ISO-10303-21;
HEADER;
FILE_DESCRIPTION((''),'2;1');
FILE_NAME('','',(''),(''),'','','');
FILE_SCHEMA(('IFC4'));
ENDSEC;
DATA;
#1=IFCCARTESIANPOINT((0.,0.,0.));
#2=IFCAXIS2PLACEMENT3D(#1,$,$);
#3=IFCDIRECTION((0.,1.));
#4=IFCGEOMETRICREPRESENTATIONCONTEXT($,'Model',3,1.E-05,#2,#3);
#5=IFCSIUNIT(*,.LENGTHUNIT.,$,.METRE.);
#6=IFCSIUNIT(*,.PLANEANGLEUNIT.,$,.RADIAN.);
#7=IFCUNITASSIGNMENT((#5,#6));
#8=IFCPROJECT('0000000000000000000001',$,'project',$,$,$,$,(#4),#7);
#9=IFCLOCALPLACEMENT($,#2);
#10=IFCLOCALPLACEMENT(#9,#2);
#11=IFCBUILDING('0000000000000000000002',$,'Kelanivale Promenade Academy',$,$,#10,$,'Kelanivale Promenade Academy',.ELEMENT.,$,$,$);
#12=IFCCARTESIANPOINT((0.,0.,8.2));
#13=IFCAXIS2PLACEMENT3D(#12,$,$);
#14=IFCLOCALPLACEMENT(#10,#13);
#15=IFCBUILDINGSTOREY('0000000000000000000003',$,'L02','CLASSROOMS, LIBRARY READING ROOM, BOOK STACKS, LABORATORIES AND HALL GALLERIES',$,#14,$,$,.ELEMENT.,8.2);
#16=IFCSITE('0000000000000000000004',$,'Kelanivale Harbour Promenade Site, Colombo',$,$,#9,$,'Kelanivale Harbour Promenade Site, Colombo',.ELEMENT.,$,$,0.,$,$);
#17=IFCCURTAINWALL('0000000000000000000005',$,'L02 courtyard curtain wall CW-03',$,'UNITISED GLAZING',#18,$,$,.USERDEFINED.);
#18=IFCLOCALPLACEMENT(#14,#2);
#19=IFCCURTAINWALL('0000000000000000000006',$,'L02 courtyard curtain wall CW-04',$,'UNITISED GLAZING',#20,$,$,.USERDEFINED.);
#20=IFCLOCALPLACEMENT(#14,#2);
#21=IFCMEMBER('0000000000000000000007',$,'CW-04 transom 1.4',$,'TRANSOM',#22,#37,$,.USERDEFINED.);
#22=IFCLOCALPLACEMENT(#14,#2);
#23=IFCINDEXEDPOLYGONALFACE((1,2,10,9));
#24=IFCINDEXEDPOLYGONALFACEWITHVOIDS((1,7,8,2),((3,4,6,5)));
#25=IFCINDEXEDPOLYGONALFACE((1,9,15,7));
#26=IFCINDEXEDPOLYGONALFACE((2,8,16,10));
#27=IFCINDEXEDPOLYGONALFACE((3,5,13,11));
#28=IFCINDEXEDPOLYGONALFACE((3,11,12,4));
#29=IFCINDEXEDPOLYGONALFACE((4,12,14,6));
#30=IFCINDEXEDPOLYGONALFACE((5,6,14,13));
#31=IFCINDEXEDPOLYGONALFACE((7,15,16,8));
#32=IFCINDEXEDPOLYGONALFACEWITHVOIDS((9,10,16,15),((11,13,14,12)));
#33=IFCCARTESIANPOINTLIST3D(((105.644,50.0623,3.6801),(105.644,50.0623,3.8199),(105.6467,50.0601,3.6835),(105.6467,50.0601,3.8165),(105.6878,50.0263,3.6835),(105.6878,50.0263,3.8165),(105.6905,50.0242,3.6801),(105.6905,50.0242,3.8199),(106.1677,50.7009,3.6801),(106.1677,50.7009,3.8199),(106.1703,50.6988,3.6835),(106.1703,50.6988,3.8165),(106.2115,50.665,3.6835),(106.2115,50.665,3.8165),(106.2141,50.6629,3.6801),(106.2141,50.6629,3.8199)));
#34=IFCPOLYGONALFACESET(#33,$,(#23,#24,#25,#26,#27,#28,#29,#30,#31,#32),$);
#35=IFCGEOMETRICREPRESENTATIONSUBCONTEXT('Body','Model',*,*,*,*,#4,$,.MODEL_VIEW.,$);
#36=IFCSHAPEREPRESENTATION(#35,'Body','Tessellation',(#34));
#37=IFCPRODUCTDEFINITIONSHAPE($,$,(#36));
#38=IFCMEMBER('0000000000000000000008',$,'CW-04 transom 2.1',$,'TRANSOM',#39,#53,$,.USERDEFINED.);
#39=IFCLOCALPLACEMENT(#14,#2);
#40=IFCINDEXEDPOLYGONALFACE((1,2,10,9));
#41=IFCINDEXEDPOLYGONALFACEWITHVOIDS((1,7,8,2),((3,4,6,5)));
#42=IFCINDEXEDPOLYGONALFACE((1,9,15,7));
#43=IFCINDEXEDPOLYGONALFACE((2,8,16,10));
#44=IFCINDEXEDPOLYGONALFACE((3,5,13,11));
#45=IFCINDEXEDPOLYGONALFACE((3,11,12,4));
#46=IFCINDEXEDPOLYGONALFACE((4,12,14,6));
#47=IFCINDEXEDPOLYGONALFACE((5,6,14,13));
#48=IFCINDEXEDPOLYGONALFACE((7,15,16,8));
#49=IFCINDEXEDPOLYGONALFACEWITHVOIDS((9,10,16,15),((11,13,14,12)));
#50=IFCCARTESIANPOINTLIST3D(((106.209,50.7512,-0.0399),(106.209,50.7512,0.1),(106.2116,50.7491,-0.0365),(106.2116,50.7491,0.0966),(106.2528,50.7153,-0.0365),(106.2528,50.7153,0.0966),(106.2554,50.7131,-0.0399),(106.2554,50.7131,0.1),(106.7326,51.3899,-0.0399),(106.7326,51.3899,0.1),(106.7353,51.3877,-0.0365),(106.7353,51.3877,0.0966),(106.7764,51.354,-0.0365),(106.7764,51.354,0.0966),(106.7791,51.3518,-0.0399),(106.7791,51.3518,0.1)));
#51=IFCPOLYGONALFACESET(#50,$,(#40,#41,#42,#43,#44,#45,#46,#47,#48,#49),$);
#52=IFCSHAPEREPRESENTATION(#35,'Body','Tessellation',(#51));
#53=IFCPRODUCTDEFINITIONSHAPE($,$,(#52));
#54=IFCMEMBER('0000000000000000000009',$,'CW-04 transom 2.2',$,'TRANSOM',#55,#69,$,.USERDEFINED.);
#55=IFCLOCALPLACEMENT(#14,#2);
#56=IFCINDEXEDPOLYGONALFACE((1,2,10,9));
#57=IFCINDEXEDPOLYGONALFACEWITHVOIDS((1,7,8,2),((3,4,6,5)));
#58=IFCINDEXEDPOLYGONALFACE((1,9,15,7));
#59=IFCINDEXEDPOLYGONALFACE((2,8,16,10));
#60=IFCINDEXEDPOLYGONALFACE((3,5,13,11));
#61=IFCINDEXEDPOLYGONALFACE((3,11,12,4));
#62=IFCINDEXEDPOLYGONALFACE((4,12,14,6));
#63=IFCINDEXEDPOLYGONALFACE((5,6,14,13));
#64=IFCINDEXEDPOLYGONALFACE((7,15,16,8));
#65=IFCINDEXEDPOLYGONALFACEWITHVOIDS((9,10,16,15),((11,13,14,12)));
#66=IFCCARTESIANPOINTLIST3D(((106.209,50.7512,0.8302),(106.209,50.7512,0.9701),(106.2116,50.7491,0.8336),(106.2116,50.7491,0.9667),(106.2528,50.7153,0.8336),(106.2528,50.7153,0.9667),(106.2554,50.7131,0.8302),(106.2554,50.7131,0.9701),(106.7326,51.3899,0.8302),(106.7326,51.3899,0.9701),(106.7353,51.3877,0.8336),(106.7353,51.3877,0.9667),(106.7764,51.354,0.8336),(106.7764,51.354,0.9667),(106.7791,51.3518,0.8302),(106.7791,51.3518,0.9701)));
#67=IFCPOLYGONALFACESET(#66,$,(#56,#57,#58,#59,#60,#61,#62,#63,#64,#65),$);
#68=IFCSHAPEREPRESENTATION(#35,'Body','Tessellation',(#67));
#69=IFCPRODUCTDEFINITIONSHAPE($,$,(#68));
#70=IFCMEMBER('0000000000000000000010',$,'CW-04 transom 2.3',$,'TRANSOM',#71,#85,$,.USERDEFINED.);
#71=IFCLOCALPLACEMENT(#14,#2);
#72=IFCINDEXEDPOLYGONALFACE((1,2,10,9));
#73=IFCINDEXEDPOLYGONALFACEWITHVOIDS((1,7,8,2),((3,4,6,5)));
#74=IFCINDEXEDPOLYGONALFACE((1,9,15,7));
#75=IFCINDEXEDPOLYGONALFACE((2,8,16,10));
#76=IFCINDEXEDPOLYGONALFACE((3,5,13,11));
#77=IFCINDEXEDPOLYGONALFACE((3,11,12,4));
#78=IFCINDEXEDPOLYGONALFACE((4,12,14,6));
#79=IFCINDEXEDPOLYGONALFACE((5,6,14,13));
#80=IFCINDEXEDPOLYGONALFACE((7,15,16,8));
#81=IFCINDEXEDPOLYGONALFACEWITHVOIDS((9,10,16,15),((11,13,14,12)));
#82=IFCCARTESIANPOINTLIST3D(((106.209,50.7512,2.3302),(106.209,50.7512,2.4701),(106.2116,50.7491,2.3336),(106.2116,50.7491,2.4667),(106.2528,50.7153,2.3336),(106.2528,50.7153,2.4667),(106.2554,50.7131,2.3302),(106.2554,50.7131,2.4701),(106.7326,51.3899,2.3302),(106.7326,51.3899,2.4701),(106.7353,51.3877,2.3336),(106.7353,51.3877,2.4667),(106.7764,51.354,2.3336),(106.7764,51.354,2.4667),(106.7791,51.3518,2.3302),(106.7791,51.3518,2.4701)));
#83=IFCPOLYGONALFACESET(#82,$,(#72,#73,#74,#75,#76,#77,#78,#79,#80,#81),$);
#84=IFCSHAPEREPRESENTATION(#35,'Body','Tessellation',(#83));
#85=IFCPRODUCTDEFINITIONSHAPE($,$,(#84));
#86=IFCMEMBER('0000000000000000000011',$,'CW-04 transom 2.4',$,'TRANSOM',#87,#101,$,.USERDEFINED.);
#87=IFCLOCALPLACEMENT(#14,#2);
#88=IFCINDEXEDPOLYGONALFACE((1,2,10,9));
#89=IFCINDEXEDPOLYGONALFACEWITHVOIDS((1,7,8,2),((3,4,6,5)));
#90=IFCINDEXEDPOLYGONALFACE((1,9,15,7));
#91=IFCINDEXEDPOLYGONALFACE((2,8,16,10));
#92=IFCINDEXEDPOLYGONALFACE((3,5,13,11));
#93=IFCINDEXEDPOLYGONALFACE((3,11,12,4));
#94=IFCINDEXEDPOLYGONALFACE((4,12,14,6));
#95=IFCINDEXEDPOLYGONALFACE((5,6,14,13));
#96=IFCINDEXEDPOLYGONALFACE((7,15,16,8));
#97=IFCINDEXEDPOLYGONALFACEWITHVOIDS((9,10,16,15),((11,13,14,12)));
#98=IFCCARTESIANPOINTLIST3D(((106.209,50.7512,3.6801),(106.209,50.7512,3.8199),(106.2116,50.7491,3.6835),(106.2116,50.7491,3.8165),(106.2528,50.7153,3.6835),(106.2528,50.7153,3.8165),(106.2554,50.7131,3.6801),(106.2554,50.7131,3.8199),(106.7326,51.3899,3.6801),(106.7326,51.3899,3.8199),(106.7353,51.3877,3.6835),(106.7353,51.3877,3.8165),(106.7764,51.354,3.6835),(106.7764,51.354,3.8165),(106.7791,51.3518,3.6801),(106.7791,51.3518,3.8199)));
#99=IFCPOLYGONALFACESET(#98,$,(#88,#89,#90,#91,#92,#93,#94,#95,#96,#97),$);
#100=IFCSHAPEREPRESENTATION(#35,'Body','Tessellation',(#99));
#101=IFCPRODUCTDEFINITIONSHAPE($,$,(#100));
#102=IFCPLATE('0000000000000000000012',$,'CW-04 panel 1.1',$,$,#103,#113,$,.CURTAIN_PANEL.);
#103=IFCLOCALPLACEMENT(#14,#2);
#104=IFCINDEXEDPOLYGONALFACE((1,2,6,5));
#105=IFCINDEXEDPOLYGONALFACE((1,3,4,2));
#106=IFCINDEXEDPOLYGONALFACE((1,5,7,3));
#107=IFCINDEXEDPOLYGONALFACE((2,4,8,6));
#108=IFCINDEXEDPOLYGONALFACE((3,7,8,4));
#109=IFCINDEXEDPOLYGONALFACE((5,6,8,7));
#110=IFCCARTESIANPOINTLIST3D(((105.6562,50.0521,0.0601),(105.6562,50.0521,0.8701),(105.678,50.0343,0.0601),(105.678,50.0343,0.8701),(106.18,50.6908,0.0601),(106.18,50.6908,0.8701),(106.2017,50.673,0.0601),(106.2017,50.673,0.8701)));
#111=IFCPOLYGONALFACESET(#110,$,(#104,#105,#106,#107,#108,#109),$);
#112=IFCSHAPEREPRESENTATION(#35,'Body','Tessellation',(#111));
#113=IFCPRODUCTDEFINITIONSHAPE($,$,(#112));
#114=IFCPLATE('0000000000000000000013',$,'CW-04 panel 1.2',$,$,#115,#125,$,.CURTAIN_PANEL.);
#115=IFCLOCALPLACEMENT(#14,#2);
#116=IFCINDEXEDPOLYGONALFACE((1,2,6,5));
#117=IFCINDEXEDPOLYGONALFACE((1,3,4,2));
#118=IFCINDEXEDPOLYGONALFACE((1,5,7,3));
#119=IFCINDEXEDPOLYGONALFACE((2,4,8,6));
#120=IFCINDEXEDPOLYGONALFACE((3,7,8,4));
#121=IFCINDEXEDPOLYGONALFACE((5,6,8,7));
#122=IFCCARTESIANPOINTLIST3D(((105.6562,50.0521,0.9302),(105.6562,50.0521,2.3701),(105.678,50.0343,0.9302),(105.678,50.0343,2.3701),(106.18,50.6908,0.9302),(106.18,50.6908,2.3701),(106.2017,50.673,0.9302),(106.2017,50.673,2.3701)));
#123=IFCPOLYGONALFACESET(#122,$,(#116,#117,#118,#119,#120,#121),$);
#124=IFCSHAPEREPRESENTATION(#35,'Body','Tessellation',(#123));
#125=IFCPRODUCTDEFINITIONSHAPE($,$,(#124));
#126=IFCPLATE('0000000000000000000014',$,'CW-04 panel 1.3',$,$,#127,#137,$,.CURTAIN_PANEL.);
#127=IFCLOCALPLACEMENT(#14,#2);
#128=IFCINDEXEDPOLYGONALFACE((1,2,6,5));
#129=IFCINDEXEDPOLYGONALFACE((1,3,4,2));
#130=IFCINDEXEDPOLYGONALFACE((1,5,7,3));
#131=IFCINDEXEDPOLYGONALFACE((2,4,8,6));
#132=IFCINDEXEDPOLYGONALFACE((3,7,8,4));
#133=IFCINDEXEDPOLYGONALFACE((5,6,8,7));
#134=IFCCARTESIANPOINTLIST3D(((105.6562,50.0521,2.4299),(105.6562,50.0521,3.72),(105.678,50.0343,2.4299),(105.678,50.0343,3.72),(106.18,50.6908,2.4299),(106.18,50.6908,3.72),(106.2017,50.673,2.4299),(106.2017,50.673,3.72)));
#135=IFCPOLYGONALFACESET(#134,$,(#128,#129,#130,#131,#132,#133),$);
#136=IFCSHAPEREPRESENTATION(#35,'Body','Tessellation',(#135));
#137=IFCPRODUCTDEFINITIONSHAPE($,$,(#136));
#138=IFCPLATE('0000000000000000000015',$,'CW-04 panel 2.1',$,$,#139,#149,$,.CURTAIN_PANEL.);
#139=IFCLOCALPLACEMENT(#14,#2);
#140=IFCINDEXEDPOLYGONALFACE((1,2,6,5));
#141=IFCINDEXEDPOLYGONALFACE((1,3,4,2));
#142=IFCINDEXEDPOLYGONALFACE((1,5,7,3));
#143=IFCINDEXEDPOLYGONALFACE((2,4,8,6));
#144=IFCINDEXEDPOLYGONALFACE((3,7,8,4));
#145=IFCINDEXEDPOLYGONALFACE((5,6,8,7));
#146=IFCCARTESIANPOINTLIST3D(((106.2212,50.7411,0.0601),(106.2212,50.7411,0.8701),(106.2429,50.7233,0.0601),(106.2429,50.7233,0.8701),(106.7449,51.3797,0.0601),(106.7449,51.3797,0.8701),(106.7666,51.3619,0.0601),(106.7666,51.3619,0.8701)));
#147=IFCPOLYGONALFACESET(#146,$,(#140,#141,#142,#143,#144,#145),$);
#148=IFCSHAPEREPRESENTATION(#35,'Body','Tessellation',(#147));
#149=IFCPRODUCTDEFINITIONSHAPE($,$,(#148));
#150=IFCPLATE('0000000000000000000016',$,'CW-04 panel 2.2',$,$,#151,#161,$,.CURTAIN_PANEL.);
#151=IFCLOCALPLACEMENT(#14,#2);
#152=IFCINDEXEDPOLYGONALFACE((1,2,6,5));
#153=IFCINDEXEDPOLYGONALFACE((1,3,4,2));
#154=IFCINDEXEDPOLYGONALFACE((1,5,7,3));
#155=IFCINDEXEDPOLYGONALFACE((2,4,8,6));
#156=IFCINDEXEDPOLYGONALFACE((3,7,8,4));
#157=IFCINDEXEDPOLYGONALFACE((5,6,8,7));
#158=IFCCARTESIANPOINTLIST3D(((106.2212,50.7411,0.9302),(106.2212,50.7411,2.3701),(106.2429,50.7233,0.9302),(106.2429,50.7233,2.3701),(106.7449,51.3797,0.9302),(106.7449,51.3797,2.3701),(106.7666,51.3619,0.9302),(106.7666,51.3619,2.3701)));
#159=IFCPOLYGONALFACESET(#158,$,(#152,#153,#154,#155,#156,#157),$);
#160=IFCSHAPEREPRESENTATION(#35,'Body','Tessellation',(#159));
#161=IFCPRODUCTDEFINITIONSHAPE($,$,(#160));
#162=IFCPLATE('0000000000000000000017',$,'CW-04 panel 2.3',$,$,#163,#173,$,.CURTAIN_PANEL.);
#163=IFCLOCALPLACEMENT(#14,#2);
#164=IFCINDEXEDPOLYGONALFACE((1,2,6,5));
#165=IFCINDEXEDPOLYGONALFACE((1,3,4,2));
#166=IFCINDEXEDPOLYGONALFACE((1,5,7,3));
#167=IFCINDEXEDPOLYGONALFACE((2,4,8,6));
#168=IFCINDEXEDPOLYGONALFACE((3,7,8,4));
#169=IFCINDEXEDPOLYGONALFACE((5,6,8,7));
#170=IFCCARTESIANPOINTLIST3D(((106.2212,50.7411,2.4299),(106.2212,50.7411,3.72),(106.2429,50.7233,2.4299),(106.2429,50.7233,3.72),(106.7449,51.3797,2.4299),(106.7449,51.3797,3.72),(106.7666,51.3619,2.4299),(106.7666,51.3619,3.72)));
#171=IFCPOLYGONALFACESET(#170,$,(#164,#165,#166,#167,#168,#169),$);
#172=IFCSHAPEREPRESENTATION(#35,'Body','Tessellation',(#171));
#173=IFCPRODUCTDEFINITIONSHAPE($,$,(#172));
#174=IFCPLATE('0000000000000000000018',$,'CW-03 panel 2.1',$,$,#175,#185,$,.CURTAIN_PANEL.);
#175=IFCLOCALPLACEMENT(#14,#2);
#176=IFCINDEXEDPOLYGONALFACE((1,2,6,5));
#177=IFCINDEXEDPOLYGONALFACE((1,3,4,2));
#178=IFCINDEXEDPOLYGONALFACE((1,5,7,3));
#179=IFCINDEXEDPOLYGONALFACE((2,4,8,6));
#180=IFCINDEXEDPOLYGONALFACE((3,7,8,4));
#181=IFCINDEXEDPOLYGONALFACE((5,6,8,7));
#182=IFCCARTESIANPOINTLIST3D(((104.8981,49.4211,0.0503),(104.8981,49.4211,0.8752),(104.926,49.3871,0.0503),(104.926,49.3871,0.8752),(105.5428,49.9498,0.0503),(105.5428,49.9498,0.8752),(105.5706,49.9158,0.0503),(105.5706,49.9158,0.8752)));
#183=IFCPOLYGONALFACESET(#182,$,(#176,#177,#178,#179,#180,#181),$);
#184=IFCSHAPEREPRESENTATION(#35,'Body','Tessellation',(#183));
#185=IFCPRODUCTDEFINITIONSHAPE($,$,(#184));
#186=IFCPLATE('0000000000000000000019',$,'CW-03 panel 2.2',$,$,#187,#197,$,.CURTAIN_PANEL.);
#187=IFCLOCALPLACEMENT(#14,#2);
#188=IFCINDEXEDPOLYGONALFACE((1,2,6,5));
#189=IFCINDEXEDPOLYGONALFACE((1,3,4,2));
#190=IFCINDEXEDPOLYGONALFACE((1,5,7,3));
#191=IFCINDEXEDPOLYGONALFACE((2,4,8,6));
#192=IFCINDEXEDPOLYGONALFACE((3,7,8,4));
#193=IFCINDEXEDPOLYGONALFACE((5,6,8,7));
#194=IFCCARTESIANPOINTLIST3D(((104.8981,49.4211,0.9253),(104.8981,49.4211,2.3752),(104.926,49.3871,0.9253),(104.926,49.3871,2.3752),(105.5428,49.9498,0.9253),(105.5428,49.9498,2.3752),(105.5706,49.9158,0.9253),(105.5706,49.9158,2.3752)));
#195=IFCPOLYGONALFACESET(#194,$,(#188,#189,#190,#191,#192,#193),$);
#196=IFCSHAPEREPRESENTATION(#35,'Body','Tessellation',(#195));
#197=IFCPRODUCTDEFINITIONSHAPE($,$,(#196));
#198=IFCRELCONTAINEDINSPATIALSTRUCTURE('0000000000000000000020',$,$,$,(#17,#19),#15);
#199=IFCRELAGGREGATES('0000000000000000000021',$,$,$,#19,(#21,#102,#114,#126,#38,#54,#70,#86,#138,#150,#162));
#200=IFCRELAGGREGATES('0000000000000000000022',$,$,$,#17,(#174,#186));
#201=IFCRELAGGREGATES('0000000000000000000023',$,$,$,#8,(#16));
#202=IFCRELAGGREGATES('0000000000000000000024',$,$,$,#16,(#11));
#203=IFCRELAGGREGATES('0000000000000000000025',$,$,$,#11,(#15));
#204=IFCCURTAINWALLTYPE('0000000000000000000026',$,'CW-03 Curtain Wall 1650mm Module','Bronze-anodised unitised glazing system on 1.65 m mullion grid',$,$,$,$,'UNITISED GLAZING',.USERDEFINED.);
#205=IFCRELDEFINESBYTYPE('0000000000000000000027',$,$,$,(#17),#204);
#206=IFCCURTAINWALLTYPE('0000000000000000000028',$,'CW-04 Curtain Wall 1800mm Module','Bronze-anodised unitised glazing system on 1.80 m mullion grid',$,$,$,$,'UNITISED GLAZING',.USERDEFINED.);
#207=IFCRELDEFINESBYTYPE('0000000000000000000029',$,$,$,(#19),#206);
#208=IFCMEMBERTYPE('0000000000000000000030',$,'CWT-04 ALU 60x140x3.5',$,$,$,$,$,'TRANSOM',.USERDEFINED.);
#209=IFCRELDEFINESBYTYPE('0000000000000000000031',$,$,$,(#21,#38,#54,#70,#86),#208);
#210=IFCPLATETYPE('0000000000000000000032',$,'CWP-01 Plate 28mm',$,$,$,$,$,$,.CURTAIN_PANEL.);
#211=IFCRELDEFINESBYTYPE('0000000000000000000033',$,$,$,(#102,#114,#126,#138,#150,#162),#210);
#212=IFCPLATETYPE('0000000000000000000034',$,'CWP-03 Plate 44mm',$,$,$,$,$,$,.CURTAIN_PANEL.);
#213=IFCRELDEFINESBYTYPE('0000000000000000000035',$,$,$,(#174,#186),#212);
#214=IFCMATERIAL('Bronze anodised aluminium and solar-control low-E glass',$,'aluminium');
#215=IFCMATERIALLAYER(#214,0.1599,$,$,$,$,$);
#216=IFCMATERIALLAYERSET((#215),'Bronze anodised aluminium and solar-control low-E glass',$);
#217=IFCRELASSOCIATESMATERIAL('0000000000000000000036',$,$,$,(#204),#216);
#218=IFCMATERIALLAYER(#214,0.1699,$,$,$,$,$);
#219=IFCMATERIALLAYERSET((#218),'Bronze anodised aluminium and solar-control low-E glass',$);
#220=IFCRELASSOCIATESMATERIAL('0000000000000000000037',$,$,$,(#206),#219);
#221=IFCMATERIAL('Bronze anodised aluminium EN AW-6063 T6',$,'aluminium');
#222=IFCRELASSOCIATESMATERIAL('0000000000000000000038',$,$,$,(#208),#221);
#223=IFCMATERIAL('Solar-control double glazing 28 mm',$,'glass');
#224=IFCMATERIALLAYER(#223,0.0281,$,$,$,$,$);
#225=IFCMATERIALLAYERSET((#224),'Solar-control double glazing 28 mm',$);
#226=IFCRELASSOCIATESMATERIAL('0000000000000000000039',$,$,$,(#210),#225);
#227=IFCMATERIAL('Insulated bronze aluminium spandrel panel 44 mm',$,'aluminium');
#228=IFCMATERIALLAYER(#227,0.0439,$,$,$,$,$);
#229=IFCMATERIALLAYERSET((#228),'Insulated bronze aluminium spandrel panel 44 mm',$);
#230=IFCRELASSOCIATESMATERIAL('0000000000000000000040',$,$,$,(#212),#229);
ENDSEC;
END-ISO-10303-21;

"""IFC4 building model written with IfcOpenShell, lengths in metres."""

from ifc_helpers import new_model, si_unit, direction, frame, origin, origin_2d, place, context, subcontext, project, spatial, rectangle, hollow_rectangle, extrude, material, layer, layer_set, material_profile, profile_set, type_object, element, aggregate, save


model = new_model("IFC4")

# Units and contexts
model_context = context("Model", 3, precision=1e-05, world=origin(), true_north=direction((0.0, 1.0)))
body_context = subcontext(model_context, "Body", "Model", "MODEL_VIEW")
ifc_project = project(units=[si_unit("LENGTHUNIT", "METRE"), si_unit("PLANEANGLEUNIT", "RADIAN")], contexts=[model_context])

# Site, building, storey
site_placement = place(None, origin())
site = spatial("IfcSite", under=ifc_project, at=site_placement, Name="Kelanivale Harbour Promenade Site, Colombo", LongName="Kelanivale Harbour Promenade Site, Colombo", CompositionType="ELEMENT", RefElevation=0.0)
building_placement = place(site_placement, origin())
building = spatial("IfcBuilding", under=site, at=building_placement, Name="Kelanivale Promenade Academy", LongName="Kelanivale Promenade Academy", CompositionType="ELEMENT")
storey_placement = place(building_placement, frame((0.0, 0.0, 8.2)))
storey = spatial("IfcBuildingStorey", under=building, at=storey_placement, Name="L02", Description="CLASSROOMS, LIBRARY READING ROOM, BOOK STACKS, LABORATORIES AND HALL GALLERIES", CompositionType="ELEMENT", Elevation=8.2)

# Curtain wall
ifc_material_1 = material(Name="Bronze anodised aluminium and solar-control low-E glass", Category="aluminium")
ifc_material_2 = material(Name="Bronze anodised aluminium EN AW-6063 T6", Category="aluminium")
ifc_layer_1 = layer(ifc_material_1, 0.1599)
ifc_layer_set_1 = layer_set([ifc_layer_1], Name="Bronze anodised aluminium and solar-control low-E glass")
curtain_wall_type_1 = type_object("IfcCurtainWallType", Name="CW-03 Curtain Wall 1650mm Module", Description="Bronze-anodised unitised glazing system on 1.65 m mullion grid", ElementType="UNITISED GLAZING", PredefinedType="USERDEFINED", material=ifc_layer_set_1)
curtain_wall_1_placement = place(storey_placement, origin())
curtain_wall_1 = element("IfcCurtainWall", 1, at=curtain_wall_1_placement, inside=storey, type_object=curtain_wall_type_1, Name="L02 courtyard curtain wall CW-03", ObjectType="UNITISED GLAZING", PredefinedType="USERDEFINED")

# Curtain wall
ifc_layer_2 = layer(ifc_material_1, 0.1699)
ifc_layer_set_2 = layer_set([ifc_layer_2], Name="Bronze anodised aluminium and solar-control low-E glass")
curtain_wall_type_2 = type_object("IfcCurtainWallType", Name="CW-04 Curtain Wall 1800mm Module", Description="Bronze-anodised unitised glazing system on 1.80 m mullion grid", ElementType="UNITISED GLAZING", PredefinedType="USERDEFINED", material=ifc_layer_set_2)
curtain_wall_2_placement = place(storey_placement, origin())
curtain_wall_2 = element("IfcCurtainWall", 2, at=curtain_wall_2_placement, inside=storey, type_object=curtain_wall_type_2, Name="L02 courtyard curtain wall CW-04", ObjectType="UNITISED GLAZING", PredefinedType="USERDEFINED")

# Members
ifc_material_profile_1 = material_profile(ifc_material_2, hollow_rectangle(XDim=0.0601, YDim=0.1399, WallThickness=0.0034, at=origin_2d()), Name="ALU 60x140x3.5")
ifc_profile_set_1 = profile_set([ifc_material_profile_1], Name="Bronze anodised aluminium EN AW-6063 T6")
member_type_1 = type_object("IfcMemberType", Name="CWT-04 ALU 60x140x3.5", ElementType="TRANSOM", PredefinedType="USERDEFINED", material=ifc_profile_set_1)
member_1_placement = place(storey_placement, frame((105.6672, 50.0432, 3.75), z_axis=(0.634058, 0.773285, 0.0), x_axis=(-0.773285, 0.634058, 0.0)))
member_1 = element("IfcMember", 3, at=member_1_placement, type_object=member_type_1, Name="CW-04 transom 1.4", ObjectType="TRANSOM", PredefinedType="USERDEFINED", context=body_context, shape_type="SweptSolid", body=[
    extrude(hollow_rectangle(XDim=0.0601, YDim=0.1399, WallThickness=0.0034, at=origin_2d()), origin(), (0.0, 0.0, 1.0), 0.8259),
])
member_2_placement = place(storey_placement, frame((106.2322, 50.7322, 0.03), z_axis=(0.634058, 0.773285, 0.0), x_axis=(-0.773285, 0.634058, 0.0)))
member_2 = element("IfcMember", 4, at=member_2_placement, type_object=member_type_1, Name="CW-04 transom 2.1", ObjectType="TRANSOM", PredefinedType="USERDEFINED", context=body_context, shape_type="SweptSolid", body=[
    extrude(hollow_rectangle(XDim=0.0601, YDim=0.1399, WallThickness=0.0034, at=origin_2d()), origin(), (0.0, 0.0, 1.0), 0.8259),
])
member_3_placement = place(storey_placement, frame((106.2322, 50.7322, 0.9001), z_axis=(0.634058, 0.773285, 0.0), x_axis=(-0.773285, 0.634058, 0.0)))
member_3 = element("IfcMember", 5, at=member_3_placement, type_object=member_type_1, Name="CW-04 transom 2.2", ObjectType="TRANSOM", PredefinedType="USERDEFINED", context=body_context, shape_type="SweptSolid", body=[
    extrude(hollow_rectangle(XDim=0.0601, YDim=0.1399, WallThickness=0.0034, at=origin_2d()), origin(), (0.0, 0.0, 1.0), 0.8259),
])
member_4_placement = place(storey_placement, frame((106.2322, 50.7322, 2.4001), z_axis=(0.634058, 0.773285, 0.0), x_axis=(-0.773285, 0.634058, 0.0)))
member_4 = element("IfcMember", 6, at=member_4_placement, type_object=member_type_1, Name="CW-04 transom 2.3", ObjectType="TRANSOM", PredefinedType="USERDEFINED", context=body_context, shape_type="SweptSolid", body=[
    extrude(hollow_rectangle(XDim=0.0601, YDim=0.1399, WallThickness=0.0034, at=origin_2d()), origin(), (0.0, 0.0, 1.0), 0.8259),
])
member_5_placement = place(storey_placement, frame((106.2322, 50.7322, 3.75), z_axis=(0.634058, 0.773285, 0.0), x_axis=(-0.773285, 0.634058, 0.0)))
member_5 = element("IfcMember", 7, at=member_5_placement, type_object=member_type_1, Name="CW-04 transom 2.4", ObjectType="TRANSOM", PredefinedType="USERDEFINED", context=body_context, shape_type="SweptSolid", body=[
    extrude(hollow_rectangle(XDim=0.0601, YDim=0.1399, WallThickness=0.0034, at=origin_2d()), origin(), (0.0, 0.0, 1.0), 0.8259),
])

# Plates
ifc_material_3 = material(Name="Solar-control double glazing 28 mm", Category="glass")
ifc_layer_3 = layer(ifc_material_3, 0.0281)
ifc_layer_set_3 = layer_set([ifc_layer_3], Name="Solar-control double glazing 28 mm")
plate_type_1 = type_object("IfcPlateType", Name="CWP-01 Plate 28mm", PredefinedType="CURTAIN_PANEL", material=ifc_layer_set_3)
plate_1_placement = place(storey_placement, frame((105.929, 50.3625, 0.0601), z_axis=(0.0, 0.0, 1.0), x_axis=(0.634093, 0.773257, 0.0)))
plate_1 = element("IfcPlate", 8, at=plate_1_placement, type_object=plate_type_1, Name="CW-04 panel 1.1", PredefinedType="CURTAIN_PANEL", context=body_context, shape_type="SweptSolid", body=[
    extrude(rectangle(XDim=0.8259, YDim=0.0281, at=origin_2d()), origin(), (0.0, 0.0, 1.0), 0.8101),
])
plate_2_placement = place(storey_placement, frame((105.929, 50.3625, 0.9302), z_axis=(0.0, 0.0, 1.0), x_axis=(0.634093, 0.773257, 0.0)))
plate_2 = element("IfcPlate", 9, at=plate_2_placement, type_object=plate_type_1, Name="CW-04 panel 1.2", PredefinedType="CURTAIN_PANEL", context=body_context, shape_type="SweptSolid", body=[
    extrude(rectangle(XDim=0.8259, YDim=0.0281, at=origin_2d()), origin(), (0.0, 0.0, 1.0), 1.4399),
])
plate_3_placement = place(storey_placement, frame((105.929, 50.3625, 2.4299), z_axis=(0.0, 0.0, 1.0), x_axis=(0.634093, 0.773257, 0.0)))
plate_3 = element("IfcPlate", 10, at=plate_3_placement, type_object=plate_type_1, Name="CW-04 panel 1.3", PredefinedType="CURTAIN_PANEL", context=body_context, shape_type="SweptSolid", body=[
    extrude(rectangle(XDim=0.8259, YDim=0.0281, at=origin_2d()), origin(), (0.0, 0.0, 1.0), 1.29),
])
plate_4_placement = place(storey_placement, frame((106.4939, 51.0515, 0.0601), z_axis=(0.0, 0.0, 1.0), x_axis=(0.634093, 0.773257, 0.0)))
plate_4 = element("IfcPlate", 11, at=plate_4_placement, type_object=plate_type_1, Name="CW-04 panel 2.1", PredefinedType="CURTAIN_PANEL", context=body_context, shape_type="SweptSolid", body=[
    extrude(rectangle(XDim=0.8259, YDim=0.0281, at=origin_2d()), origin(), (0.0, 0.0, 1.0), 0.8101),
])
plate_5_placement = place(storey_placement, frame((106.4939, 51.0515, 0.9302), z_axis=(0.0, 0.0, 1.0), x_axis=(0.634093, 0.773257, 0.0)))
plate_5 = element("IfcPlate", 12, at=plate_5_placement, type_object=plate_type_1, Name="CW-04 panel 2.2", PredefinedType="CURTAIN_PANEL", context=body_context, shape_type="SweptSolid", body=[
    extrude(rectangle(XDim=0.8259, YDim=0.0281, at=origin_2d()), origin(), (0.0, 0.0, 1.0), 1.4399),
])
plate_6_placement = place(storey_placement, frame((106.4939, 51.0515, 2.4299), z_axis=(0.0, 0.0, 1.0), x_axis=(0.634093, 0.773257, 0.0)))
plate_6 = element("IfcPlate", 13, at=plate_6_placement, type_object=plate_type_1, Name="CW-04 panel 2.3", PredefinedType="CURTAIN_PANEL", context=body_context, shape_type="SweptSolid", body=[
    extrude(rectangle(XDim=0.8259, YDim=0.0281, at=origin_2d()), origin(), (0.0, 0.0, 1.0), 1.29),
])
aggregate(curtain_wall_2, [member_1, plate_1, plate_2, plate_3, member_2, member_3, member_4, member_5, plate_4, plate_5, plate_6])
ifc_material_4 = material(Name="Insulated bronze aluminium spandrel panel 44 mm", Category="aluminium")
ifc_layer_4 = layer(ifc_material_4, 0.0439)
ifc_layer_set_4 = layer_set([ifc_layer_4], Name="Insulated bronze aluminium spandrel panel 44 mm")
plate_type_2 = type_object("IfcPlateType", Name="CWP-03 Plate 44mm", PredefinedType="CURTAIN_PANEL", material=ifc_layer_set_4)
plate_7_placement = place(storey_placement, frame((105.2344, 49.6685, 0.0503), z_axis=(0.0, 0.0, 1.0), x_axis=(0.773215, 0.634144, 0.0)))
plate_7 = element("IfcPlate", 14, at=plate_7_placement, type_object=plate_type_2, Name="CW-03 panel 2.1", PredefinedType="CURTAIN_PANEL", context=body_context, shape_type="SweptSolid", body=[
    extrude(rectangle(XDim=0.8337, YDim=0.0439, at=origin_2d()), origin(), (0.0, 0.0, 1.0), 0.825),
])
plate_8_placement = place(storey_placement, frame((105.2344, 49.6685, 0.9253), z_axis=(0.0, 0.0, 1.0), x_axis=(0.773215, 0.634144, 0.0)))
plate_8 = element("IfcPlate", 15, at=plate_8_placement, type_object=plate_type_2, Name="CW-03 panel 2.2", PredefinedType="CURTAIN_PANEL", context=body_context, shape_type="SweptSolid", body=[
    extrude(rectangle(XDim=0.8337, YDim=0.0439, at=origin_2d()), origin(), (0.0, 0.0, 1.0), 1.45),
])
aggregate(curtain_wall_1, [plate_7, plate_8])

save(model, "model.ifc")
